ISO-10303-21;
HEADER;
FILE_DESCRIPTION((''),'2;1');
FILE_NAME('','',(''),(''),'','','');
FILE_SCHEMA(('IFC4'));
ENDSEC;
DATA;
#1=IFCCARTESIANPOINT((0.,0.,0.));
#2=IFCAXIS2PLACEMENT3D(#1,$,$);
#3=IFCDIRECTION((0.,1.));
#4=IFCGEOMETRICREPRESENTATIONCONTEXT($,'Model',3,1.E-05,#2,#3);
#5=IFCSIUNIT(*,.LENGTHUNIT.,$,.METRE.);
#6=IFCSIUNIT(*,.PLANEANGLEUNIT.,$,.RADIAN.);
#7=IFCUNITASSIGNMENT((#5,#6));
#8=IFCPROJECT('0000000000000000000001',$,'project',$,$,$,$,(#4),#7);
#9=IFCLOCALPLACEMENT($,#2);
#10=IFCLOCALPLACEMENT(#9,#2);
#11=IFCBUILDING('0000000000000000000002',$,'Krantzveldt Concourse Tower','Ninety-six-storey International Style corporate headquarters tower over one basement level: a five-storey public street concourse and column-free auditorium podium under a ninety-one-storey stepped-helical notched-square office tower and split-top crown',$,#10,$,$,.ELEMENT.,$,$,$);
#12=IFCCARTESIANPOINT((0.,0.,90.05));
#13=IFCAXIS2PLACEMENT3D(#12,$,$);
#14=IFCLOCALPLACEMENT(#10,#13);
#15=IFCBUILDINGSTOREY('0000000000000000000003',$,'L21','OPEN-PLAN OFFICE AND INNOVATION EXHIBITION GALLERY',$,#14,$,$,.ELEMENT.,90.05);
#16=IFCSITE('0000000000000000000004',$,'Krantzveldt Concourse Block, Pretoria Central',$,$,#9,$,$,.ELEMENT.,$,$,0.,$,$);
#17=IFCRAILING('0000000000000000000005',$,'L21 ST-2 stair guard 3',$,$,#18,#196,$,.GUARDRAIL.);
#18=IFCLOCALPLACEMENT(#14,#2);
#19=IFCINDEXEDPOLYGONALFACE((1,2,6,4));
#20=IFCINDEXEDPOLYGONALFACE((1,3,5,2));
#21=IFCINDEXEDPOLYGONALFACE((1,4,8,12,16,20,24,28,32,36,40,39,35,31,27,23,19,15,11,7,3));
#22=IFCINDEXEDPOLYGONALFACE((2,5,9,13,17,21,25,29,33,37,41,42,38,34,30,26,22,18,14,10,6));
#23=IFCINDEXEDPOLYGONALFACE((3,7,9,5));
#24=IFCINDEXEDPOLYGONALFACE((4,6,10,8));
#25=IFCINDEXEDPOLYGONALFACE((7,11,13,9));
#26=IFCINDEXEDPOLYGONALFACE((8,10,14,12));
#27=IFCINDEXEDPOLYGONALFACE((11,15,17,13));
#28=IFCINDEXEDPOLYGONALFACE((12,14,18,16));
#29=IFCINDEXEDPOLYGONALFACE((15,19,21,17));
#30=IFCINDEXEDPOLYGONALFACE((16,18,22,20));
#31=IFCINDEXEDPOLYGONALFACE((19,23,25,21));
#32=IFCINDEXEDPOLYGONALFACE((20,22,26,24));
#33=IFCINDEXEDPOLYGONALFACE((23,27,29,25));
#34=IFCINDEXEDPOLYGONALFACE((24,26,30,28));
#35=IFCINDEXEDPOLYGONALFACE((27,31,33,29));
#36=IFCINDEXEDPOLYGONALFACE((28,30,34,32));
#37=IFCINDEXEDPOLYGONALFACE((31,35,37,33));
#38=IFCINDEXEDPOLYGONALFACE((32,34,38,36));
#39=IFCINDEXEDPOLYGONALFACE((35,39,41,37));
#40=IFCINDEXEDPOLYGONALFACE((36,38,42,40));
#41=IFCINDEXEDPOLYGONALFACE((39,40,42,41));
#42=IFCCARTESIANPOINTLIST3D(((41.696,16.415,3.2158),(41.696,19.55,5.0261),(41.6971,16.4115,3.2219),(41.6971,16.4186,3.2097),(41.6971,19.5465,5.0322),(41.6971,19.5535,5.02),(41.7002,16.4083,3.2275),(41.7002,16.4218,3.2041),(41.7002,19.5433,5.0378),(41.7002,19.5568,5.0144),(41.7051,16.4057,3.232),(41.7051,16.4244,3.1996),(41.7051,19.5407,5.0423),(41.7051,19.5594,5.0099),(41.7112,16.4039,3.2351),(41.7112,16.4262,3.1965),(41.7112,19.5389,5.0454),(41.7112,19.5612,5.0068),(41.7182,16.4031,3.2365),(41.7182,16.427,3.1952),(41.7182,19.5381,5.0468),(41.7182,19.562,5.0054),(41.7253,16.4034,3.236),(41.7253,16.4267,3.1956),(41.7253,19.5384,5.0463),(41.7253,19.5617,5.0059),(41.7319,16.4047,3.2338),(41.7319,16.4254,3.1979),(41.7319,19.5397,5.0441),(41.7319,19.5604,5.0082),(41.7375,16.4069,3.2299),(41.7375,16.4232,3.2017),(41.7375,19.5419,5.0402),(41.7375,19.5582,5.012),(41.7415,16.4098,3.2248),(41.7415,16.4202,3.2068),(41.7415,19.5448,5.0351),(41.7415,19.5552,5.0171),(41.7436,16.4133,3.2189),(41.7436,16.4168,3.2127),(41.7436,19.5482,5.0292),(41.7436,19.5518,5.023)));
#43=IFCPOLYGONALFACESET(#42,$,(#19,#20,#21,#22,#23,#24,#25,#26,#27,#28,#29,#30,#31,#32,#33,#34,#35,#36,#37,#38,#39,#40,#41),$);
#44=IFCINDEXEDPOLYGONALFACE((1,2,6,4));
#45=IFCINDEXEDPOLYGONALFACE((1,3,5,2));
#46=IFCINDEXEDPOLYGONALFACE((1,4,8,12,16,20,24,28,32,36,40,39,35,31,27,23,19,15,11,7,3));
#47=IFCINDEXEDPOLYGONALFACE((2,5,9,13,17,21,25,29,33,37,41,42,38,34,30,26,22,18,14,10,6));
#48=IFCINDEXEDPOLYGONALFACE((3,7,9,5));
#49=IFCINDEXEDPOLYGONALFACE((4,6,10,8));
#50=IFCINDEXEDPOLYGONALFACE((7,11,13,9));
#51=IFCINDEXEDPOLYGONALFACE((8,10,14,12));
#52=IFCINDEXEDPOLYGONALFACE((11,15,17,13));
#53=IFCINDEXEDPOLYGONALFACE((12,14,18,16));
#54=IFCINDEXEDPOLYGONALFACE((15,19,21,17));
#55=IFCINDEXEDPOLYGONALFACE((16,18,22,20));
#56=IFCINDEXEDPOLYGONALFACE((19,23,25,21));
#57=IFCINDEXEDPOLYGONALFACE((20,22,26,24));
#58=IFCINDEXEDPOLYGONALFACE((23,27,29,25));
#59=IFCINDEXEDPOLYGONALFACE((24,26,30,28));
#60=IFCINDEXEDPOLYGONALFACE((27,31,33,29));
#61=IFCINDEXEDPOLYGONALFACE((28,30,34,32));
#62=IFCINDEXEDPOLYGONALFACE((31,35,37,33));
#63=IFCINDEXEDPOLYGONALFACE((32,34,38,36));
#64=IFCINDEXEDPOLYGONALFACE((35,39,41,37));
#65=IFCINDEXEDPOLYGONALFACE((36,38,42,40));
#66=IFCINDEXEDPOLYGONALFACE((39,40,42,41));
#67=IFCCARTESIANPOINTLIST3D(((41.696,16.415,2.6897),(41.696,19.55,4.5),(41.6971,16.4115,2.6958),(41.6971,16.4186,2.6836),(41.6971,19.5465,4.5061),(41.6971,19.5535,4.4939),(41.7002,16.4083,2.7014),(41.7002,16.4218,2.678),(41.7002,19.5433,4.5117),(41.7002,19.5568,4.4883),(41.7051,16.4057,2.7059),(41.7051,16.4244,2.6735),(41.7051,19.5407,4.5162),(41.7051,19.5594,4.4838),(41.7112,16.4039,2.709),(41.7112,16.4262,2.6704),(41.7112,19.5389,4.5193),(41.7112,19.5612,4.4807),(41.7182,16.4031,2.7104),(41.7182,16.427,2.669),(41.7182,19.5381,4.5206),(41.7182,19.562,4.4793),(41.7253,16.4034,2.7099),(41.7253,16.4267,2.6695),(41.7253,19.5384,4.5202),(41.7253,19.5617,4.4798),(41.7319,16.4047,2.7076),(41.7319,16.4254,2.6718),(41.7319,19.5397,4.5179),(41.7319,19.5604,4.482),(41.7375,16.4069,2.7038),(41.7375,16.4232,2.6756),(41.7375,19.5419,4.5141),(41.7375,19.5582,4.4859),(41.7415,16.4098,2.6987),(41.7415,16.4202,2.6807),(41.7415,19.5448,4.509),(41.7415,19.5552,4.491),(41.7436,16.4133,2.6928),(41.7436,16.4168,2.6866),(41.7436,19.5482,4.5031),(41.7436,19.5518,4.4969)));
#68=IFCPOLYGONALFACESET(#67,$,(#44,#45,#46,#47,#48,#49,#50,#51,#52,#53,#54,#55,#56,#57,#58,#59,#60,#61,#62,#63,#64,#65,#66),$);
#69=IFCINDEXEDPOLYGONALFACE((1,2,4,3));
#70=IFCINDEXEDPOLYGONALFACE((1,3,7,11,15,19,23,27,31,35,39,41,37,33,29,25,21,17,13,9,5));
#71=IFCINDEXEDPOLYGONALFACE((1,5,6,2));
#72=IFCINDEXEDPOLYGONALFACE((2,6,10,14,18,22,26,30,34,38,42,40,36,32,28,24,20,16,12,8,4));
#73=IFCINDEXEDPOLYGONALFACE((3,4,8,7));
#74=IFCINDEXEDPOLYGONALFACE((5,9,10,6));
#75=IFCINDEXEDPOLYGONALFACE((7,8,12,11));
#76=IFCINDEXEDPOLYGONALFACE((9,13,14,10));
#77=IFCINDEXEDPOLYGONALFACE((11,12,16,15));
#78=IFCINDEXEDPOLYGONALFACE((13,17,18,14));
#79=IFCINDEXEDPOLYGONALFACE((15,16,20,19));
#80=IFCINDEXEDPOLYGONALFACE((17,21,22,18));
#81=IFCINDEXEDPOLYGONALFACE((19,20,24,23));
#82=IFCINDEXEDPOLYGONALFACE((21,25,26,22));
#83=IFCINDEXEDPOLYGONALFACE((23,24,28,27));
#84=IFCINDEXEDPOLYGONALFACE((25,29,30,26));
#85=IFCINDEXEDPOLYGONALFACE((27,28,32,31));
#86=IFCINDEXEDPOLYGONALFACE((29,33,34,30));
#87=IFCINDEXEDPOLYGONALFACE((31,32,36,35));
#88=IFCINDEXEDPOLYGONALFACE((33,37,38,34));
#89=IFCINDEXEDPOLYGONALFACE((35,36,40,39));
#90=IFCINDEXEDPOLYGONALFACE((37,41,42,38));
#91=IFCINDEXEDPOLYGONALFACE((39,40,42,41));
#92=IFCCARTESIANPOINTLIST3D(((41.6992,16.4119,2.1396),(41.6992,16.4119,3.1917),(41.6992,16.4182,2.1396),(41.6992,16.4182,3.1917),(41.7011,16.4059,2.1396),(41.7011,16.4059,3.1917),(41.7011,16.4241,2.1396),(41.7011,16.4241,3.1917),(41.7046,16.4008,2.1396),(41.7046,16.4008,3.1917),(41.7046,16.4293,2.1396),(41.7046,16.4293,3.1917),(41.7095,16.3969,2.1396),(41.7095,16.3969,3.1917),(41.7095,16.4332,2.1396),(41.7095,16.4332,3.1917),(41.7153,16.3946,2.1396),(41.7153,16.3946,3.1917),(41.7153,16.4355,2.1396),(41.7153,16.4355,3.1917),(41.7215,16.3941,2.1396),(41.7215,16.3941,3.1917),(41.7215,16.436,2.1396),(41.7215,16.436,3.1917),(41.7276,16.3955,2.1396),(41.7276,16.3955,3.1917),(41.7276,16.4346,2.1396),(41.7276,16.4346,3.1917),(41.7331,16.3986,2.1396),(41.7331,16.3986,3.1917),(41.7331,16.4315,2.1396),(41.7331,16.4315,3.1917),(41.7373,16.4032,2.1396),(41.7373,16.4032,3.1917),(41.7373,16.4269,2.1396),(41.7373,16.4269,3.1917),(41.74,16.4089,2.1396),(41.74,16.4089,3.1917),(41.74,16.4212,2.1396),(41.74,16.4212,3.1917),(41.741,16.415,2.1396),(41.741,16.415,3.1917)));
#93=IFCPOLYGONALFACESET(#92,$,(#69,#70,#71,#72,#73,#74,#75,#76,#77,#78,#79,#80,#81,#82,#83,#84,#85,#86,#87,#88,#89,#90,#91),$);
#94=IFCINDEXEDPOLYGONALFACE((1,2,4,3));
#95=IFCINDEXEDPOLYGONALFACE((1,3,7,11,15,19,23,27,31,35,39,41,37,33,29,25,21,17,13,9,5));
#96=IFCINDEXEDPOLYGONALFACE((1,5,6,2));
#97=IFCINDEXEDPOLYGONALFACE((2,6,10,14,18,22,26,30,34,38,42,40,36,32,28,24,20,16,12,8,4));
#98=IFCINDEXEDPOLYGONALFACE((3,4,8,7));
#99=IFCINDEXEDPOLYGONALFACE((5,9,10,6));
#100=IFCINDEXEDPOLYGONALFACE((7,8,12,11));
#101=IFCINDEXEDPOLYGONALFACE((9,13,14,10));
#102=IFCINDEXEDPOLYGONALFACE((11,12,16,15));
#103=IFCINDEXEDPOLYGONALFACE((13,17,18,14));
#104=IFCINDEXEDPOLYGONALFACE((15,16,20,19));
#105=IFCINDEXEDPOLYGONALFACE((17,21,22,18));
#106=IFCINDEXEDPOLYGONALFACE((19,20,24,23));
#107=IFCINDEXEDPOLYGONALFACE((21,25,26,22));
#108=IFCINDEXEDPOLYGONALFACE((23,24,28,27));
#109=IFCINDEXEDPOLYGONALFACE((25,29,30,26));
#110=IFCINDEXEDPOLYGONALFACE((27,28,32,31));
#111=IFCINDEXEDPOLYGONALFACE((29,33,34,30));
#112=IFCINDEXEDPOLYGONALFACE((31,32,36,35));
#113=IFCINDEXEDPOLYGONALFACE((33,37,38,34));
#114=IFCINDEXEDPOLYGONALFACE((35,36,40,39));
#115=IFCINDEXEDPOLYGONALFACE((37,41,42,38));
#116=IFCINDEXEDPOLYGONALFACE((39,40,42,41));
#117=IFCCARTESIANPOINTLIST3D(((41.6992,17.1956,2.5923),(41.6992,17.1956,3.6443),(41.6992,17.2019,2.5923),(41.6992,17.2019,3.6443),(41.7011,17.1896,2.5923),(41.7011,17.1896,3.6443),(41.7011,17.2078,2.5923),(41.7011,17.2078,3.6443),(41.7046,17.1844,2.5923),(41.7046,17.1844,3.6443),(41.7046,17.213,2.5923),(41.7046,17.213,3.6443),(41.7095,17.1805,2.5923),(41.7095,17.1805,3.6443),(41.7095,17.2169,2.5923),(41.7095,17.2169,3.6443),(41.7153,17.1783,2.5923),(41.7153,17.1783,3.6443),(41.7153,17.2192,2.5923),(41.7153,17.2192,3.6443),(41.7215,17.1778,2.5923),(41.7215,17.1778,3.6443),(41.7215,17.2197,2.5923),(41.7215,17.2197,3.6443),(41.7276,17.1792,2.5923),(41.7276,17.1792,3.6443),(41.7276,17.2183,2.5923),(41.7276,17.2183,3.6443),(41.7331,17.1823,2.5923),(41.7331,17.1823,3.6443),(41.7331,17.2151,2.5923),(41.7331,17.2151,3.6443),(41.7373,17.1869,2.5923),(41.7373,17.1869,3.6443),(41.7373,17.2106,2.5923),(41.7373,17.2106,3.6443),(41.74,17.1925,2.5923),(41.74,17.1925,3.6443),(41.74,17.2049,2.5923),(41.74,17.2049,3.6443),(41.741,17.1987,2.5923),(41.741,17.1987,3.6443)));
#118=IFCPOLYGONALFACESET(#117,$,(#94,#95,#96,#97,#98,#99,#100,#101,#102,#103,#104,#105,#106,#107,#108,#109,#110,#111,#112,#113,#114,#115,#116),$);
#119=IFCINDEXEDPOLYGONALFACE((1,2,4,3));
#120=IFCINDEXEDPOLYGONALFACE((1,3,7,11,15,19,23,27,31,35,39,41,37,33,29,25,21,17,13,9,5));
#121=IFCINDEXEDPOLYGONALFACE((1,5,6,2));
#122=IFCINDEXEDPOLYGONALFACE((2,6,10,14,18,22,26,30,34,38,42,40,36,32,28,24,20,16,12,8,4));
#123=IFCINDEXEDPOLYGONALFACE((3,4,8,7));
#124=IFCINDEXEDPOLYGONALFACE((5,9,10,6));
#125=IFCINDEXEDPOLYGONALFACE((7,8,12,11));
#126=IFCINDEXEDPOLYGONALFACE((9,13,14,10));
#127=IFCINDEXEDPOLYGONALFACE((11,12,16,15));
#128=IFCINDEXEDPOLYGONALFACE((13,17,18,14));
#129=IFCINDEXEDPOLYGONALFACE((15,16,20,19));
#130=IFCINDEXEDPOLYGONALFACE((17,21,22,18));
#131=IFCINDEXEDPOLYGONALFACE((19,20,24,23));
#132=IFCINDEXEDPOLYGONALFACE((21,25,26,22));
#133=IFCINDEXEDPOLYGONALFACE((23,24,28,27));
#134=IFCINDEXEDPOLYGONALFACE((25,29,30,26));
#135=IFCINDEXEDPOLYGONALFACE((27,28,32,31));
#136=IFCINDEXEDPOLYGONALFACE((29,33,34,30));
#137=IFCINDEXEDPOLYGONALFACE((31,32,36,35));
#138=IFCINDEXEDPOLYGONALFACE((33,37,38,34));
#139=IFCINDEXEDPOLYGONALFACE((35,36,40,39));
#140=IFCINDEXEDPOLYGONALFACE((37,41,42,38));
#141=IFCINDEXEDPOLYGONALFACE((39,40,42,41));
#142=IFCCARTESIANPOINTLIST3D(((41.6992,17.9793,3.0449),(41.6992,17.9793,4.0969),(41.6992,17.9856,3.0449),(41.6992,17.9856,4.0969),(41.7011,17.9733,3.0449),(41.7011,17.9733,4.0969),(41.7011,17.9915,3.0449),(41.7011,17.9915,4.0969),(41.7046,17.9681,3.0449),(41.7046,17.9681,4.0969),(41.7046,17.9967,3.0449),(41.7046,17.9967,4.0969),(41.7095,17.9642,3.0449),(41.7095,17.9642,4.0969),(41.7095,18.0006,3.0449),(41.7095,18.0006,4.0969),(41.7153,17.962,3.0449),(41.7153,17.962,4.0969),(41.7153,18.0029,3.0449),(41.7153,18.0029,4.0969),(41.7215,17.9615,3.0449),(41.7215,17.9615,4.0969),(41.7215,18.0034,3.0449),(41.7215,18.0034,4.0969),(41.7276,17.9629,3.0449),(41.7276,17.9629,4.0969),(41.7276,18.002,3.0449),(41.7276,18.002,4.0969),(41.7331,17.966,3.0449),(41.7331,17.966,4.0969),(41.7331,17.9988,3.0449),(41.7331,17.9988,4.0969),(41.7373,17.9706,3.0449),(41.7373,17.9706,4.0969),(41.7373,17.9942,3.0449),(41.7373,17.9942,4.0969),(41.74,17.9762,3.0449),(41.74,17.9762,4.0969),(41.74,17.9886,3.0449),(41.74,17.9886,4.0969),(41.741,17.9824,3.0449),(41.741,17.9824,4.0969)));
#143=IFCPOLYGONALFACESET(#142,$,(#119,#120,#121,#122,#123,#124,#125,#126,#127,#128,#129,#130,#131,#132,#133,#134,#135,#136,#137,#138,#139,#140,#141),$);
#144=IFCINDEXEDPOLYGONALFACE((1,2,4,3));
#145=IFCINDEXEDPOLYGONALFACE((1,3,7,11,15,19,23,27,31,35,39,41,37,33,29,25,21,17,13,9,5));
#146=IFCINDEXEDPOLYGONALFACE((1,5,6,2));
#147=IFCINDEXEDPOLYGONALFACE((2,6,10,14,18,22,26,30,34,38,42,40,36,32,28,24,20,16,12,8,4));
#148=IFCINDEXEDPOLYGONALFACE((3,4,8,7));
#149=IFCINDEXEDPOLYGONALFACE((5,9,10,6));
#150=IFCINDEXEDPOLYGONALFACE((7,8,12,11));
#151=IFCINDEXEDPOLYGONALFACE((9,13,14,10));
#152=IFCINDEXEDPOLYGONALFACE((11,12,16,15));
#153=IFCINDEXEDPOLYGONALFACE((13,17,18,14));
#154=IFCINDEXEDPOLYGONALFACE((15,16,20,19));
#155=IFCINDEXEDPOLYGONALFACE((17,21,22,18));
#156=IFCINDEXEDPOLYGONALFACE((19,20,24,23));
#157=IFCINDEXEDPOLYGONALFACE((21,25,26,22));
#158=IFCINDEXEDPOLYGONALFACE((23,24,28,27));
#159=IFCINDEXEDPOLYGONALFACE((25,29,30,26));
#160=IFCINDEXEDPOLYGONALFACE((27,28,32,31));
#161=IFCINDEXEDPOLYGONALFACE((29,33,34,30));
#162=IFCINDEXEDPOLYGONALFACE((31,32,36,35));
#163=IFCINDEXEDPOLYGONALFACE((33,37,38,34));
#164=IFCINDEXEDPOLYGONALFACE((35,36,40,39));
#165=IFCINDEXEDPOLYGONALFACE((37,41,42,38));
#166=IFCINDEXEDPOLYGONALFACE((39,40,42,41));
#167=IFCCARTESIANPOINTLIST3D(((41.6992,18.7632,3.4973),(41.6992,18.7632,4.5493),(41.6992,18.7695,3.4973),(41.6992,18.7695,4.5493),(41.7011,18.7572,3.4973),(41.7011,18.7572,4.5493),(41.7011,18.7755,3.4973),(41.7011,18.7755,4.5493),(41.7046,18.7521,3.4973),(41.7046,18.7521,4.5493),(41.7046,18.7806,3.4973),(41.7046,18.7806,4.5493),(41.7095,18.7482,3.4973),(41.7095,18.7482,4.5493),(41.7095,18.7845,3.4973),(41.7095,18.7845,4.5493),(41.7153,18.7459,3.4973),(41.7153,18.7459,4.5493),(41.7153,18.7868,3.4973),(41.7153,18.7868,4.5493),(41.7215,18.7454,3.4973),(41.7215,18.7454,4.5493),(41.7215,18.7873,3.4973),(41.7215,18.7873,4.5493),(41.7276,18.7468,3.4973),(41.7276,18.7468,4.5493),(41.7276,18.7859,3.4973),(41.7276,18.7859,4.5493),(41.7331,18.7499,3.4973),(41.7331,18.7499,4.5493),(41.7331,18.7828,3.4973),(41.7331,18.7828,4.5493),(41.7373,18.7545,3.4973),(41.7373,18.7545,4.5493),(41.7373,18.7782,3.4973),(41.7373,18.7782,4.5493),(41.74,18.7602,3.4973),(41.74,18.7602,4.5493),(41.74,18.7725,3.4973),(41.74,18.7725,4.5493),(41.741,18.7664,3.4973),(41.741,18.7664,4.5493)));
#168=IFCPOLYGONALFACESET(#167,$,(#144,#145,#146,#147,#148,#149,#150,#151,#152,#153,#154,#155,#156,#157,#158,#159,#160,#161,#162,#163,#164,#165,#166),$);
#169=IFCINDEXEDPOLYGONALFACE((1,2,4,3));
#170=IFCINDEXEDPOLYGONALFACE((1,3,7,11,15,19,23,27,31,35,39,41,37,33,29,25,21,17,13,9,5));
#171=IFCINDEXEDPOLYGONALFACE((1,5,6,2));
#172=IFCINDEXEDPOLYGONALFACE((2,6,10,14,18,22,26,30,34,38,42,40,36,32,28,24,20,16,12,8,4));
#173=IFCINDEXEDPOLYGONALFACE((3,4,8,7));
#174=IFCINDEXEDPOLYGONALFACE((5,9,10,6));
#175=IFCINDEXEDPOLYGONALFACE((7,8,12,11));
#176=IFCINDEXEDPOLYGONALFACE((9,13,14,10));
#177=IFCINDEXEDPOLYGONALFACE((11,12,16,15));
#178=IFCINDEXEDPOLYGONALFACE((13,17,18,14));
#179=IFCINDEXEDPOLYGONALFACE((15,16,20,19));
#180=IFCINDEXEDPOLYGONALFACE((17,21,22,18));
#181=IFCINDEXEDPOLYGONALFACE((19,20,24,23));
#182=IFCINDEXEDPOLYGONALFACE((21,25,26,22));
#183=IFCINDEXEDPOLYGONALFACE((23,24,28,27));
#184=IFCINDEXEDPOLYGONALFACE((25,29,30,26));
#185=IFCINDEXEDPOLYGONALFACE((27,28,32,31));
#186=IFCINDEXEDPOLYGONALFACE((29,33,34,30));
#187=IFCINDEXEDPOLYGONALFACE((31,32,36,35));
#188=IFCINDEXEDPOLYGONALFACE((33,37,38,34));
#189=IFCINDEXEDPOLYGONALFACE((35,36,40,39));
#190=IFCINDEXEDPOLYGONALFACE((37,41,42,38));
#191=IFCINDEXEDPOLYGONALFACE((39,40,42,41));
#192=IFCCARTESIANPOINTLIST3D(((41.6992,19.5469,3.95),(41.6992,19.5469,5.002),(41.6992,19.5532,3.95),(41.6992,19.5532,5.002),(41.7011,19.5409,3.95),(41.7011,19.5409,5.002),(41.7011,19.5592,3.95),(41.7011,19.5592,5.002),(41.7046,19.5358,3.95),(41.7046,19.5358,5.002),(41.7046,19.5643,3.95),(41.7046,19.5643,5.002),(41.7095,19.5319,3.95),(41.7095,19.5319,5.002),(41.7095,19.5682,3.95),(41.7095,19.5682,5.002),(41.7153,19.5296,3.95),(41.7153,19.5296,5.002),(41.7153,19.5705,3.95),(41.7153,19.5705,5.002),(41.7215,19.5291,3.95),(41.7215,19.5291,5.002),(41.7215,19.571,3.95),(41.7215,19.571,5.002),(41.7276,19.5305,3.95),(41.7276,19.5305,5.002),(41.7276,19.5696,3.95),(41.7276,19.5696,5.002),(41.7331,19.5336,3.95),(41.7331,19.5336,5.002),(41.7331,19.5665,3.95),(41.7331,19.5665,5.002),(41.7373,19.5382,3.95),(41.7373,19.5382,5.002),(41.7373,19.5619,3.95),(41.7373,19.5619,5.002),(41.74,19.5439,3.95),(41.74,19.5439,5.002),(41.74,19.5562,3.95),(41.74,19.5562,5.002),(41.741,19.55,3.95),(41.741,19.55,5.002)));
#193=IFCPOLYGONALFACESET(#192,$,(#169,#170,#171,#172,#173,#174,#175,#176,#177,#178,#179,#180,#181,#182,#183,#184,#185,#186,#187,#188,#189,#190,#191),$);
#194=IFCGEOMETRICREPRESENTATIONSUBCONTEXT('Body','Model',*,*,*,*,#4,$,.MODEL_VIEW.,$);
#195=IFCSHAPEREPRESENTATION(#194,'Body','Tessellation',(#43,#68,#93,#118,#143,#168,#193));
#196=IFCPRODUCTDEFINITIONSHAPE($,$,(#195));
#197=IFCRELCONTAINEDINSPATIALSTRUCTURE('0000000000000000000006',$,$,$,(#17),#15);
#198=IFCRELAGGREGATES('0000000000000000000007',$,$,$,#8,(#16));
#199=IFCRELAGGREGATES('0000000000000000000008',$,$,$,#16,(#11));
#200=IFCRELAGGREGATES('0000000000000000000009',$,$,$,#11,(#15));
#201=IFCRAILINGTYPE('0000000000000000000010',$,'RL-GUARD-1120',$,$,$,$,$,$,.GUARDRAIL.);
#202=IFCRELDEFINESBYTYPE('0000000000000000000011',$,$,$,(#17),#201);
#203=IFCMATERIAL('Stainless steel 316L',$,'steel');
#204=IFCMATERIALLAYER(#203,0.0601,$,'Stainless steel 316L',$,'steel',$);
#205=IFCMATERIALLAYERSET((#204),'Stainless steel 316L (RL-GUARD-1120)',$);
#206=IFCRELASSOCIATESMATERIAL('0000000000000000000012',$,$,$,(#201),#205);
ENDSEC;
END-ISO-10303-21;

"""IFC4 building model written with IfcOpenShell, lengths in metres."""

from ifc_helpers import new_model, si_unit, direction, frame, origin, origin_2d, place, context, subcontext, project, spatial, circle, extrude, material, layer, layer_set, type_object, element, save


model = new_model("IFC4")

# Units and contexts
model_context = context("Model", 3, precision=1e-05, world=origin(), true_north=direction((0.0, 1.0)))
body_context = subcontext(model_context, "Body", "Model", "MODEL_VIEW")
ifc_project = project(units=[si_unit("LENGTHUNIT", "METRE"), si_unit("PLANEANGLEUNIT", "RADIAN")], contexts=[model_context])

# Site, building, storey
site_placement = place(None, origin())
site = spatial("IfcSite", under=ifc_project, at=site_placement, Name="Krantzveldt Concourse Block, Pretoria Central", CompositionType="ELEMENT", RefElevation=0.0)
building_placement = place(site_placement, origin())
building = spatial("IfcBuilding", under=site, at=building_placement, Name="Krantzveldt Concourse Tower", Description="Ninety-six-storey International Style corporate headquarters tower over one basement level: a five-storey public street concourse and column-free auditorium podium under a ninety-one-storey stepped-helical notched-square office tower and split-top crown", CompositionType="ELEMENT")
storey_placement = place(building_placement, frame((0.0, 0.0, 90.05)))
storey = spatial("IfcBuildingStorey", under=building, at=storey_placement, Name="L21", Description="OPEN-PLAN OFFICE AND INNOVATION EXHIBITION GALLERY", CompositionType="ELEMENT", Elevation=90.05)

# Shared definitions
ifc_material_1 = material(Name="Stainless steel 316L", Category="steel")

# Railing
ifc_layer_1 = layer(ifc_material_1, 0.0601, Name="Stainless steel 316L", Category="steel")
ifc_layer_set_1 = layer_set([ifc_layer_1], Name="Stainless steel 316L (RL-GUARD-1120)")
railing_type_1 = type_object("IfcRailingType", Name="RL-GUARD-1120", PredefinedType="GUARDRAIL", material=ifc_layer_set_1)
railing_1_placement = place(storey_placement, frame((41.72, 16.415, 2.1396)))
element("IfcRailing", 1, at=railing_1_placement, inside=storey, type_object=railing_type_1, Name="L21 ST-2 stair guard 3", PredefinedType="GUARDRAIL", context=body_context, shape_type="SweptSolid", body=[
    extrude(circle(Radius=0.0239, at=origin_2d()), frame((0.0, 0.0, 1.0762), z_axis=(0.0, 0.865989, 0.500063), x_axis=(-1.0, 0.0, 0.0)), (0.0, 0.0, 1.0), 3.6201),
    extrude(circle(Radius=0.0239, at=origin_2d()), frame((0.0, 0.0, 0.55), z_axis=(0.0, 0.865989, 0.500063), x_axis=(-1.0, 0.0, 0.0)), (0.0, 0.0, 1.0), 3.6201),
    extrude(circle(Radius=0.021, at=origin_2d()), origin(), (0.0, 0.0, 1.0), 1.052),
    extrude(circle(Radius=0.021, at=origin_2d()), frame((0.0, 0.7837, 0.4526)), (0.0, 0.0, 1.0), 1.052),
    extrude(circle(Radius=0.021, at=origin_2d()), frame((0.0, 1.5674, 0.9053)), (0.0, 0.0, 1.0), 1.052),
    extrude(circle(Radius=0.021, at=origin_2d()), frame((0.0, 2.3513, 1.3577)), (0.0, 0.0, 1.0), 1.052),
    extrude(circle(Radius=0.021, at=origin_2d()), frame((0.0, 3.135, 1.8103)), (0.0, 0.0, 1.0), 1.052),
])

save(model, "model.ifc")
